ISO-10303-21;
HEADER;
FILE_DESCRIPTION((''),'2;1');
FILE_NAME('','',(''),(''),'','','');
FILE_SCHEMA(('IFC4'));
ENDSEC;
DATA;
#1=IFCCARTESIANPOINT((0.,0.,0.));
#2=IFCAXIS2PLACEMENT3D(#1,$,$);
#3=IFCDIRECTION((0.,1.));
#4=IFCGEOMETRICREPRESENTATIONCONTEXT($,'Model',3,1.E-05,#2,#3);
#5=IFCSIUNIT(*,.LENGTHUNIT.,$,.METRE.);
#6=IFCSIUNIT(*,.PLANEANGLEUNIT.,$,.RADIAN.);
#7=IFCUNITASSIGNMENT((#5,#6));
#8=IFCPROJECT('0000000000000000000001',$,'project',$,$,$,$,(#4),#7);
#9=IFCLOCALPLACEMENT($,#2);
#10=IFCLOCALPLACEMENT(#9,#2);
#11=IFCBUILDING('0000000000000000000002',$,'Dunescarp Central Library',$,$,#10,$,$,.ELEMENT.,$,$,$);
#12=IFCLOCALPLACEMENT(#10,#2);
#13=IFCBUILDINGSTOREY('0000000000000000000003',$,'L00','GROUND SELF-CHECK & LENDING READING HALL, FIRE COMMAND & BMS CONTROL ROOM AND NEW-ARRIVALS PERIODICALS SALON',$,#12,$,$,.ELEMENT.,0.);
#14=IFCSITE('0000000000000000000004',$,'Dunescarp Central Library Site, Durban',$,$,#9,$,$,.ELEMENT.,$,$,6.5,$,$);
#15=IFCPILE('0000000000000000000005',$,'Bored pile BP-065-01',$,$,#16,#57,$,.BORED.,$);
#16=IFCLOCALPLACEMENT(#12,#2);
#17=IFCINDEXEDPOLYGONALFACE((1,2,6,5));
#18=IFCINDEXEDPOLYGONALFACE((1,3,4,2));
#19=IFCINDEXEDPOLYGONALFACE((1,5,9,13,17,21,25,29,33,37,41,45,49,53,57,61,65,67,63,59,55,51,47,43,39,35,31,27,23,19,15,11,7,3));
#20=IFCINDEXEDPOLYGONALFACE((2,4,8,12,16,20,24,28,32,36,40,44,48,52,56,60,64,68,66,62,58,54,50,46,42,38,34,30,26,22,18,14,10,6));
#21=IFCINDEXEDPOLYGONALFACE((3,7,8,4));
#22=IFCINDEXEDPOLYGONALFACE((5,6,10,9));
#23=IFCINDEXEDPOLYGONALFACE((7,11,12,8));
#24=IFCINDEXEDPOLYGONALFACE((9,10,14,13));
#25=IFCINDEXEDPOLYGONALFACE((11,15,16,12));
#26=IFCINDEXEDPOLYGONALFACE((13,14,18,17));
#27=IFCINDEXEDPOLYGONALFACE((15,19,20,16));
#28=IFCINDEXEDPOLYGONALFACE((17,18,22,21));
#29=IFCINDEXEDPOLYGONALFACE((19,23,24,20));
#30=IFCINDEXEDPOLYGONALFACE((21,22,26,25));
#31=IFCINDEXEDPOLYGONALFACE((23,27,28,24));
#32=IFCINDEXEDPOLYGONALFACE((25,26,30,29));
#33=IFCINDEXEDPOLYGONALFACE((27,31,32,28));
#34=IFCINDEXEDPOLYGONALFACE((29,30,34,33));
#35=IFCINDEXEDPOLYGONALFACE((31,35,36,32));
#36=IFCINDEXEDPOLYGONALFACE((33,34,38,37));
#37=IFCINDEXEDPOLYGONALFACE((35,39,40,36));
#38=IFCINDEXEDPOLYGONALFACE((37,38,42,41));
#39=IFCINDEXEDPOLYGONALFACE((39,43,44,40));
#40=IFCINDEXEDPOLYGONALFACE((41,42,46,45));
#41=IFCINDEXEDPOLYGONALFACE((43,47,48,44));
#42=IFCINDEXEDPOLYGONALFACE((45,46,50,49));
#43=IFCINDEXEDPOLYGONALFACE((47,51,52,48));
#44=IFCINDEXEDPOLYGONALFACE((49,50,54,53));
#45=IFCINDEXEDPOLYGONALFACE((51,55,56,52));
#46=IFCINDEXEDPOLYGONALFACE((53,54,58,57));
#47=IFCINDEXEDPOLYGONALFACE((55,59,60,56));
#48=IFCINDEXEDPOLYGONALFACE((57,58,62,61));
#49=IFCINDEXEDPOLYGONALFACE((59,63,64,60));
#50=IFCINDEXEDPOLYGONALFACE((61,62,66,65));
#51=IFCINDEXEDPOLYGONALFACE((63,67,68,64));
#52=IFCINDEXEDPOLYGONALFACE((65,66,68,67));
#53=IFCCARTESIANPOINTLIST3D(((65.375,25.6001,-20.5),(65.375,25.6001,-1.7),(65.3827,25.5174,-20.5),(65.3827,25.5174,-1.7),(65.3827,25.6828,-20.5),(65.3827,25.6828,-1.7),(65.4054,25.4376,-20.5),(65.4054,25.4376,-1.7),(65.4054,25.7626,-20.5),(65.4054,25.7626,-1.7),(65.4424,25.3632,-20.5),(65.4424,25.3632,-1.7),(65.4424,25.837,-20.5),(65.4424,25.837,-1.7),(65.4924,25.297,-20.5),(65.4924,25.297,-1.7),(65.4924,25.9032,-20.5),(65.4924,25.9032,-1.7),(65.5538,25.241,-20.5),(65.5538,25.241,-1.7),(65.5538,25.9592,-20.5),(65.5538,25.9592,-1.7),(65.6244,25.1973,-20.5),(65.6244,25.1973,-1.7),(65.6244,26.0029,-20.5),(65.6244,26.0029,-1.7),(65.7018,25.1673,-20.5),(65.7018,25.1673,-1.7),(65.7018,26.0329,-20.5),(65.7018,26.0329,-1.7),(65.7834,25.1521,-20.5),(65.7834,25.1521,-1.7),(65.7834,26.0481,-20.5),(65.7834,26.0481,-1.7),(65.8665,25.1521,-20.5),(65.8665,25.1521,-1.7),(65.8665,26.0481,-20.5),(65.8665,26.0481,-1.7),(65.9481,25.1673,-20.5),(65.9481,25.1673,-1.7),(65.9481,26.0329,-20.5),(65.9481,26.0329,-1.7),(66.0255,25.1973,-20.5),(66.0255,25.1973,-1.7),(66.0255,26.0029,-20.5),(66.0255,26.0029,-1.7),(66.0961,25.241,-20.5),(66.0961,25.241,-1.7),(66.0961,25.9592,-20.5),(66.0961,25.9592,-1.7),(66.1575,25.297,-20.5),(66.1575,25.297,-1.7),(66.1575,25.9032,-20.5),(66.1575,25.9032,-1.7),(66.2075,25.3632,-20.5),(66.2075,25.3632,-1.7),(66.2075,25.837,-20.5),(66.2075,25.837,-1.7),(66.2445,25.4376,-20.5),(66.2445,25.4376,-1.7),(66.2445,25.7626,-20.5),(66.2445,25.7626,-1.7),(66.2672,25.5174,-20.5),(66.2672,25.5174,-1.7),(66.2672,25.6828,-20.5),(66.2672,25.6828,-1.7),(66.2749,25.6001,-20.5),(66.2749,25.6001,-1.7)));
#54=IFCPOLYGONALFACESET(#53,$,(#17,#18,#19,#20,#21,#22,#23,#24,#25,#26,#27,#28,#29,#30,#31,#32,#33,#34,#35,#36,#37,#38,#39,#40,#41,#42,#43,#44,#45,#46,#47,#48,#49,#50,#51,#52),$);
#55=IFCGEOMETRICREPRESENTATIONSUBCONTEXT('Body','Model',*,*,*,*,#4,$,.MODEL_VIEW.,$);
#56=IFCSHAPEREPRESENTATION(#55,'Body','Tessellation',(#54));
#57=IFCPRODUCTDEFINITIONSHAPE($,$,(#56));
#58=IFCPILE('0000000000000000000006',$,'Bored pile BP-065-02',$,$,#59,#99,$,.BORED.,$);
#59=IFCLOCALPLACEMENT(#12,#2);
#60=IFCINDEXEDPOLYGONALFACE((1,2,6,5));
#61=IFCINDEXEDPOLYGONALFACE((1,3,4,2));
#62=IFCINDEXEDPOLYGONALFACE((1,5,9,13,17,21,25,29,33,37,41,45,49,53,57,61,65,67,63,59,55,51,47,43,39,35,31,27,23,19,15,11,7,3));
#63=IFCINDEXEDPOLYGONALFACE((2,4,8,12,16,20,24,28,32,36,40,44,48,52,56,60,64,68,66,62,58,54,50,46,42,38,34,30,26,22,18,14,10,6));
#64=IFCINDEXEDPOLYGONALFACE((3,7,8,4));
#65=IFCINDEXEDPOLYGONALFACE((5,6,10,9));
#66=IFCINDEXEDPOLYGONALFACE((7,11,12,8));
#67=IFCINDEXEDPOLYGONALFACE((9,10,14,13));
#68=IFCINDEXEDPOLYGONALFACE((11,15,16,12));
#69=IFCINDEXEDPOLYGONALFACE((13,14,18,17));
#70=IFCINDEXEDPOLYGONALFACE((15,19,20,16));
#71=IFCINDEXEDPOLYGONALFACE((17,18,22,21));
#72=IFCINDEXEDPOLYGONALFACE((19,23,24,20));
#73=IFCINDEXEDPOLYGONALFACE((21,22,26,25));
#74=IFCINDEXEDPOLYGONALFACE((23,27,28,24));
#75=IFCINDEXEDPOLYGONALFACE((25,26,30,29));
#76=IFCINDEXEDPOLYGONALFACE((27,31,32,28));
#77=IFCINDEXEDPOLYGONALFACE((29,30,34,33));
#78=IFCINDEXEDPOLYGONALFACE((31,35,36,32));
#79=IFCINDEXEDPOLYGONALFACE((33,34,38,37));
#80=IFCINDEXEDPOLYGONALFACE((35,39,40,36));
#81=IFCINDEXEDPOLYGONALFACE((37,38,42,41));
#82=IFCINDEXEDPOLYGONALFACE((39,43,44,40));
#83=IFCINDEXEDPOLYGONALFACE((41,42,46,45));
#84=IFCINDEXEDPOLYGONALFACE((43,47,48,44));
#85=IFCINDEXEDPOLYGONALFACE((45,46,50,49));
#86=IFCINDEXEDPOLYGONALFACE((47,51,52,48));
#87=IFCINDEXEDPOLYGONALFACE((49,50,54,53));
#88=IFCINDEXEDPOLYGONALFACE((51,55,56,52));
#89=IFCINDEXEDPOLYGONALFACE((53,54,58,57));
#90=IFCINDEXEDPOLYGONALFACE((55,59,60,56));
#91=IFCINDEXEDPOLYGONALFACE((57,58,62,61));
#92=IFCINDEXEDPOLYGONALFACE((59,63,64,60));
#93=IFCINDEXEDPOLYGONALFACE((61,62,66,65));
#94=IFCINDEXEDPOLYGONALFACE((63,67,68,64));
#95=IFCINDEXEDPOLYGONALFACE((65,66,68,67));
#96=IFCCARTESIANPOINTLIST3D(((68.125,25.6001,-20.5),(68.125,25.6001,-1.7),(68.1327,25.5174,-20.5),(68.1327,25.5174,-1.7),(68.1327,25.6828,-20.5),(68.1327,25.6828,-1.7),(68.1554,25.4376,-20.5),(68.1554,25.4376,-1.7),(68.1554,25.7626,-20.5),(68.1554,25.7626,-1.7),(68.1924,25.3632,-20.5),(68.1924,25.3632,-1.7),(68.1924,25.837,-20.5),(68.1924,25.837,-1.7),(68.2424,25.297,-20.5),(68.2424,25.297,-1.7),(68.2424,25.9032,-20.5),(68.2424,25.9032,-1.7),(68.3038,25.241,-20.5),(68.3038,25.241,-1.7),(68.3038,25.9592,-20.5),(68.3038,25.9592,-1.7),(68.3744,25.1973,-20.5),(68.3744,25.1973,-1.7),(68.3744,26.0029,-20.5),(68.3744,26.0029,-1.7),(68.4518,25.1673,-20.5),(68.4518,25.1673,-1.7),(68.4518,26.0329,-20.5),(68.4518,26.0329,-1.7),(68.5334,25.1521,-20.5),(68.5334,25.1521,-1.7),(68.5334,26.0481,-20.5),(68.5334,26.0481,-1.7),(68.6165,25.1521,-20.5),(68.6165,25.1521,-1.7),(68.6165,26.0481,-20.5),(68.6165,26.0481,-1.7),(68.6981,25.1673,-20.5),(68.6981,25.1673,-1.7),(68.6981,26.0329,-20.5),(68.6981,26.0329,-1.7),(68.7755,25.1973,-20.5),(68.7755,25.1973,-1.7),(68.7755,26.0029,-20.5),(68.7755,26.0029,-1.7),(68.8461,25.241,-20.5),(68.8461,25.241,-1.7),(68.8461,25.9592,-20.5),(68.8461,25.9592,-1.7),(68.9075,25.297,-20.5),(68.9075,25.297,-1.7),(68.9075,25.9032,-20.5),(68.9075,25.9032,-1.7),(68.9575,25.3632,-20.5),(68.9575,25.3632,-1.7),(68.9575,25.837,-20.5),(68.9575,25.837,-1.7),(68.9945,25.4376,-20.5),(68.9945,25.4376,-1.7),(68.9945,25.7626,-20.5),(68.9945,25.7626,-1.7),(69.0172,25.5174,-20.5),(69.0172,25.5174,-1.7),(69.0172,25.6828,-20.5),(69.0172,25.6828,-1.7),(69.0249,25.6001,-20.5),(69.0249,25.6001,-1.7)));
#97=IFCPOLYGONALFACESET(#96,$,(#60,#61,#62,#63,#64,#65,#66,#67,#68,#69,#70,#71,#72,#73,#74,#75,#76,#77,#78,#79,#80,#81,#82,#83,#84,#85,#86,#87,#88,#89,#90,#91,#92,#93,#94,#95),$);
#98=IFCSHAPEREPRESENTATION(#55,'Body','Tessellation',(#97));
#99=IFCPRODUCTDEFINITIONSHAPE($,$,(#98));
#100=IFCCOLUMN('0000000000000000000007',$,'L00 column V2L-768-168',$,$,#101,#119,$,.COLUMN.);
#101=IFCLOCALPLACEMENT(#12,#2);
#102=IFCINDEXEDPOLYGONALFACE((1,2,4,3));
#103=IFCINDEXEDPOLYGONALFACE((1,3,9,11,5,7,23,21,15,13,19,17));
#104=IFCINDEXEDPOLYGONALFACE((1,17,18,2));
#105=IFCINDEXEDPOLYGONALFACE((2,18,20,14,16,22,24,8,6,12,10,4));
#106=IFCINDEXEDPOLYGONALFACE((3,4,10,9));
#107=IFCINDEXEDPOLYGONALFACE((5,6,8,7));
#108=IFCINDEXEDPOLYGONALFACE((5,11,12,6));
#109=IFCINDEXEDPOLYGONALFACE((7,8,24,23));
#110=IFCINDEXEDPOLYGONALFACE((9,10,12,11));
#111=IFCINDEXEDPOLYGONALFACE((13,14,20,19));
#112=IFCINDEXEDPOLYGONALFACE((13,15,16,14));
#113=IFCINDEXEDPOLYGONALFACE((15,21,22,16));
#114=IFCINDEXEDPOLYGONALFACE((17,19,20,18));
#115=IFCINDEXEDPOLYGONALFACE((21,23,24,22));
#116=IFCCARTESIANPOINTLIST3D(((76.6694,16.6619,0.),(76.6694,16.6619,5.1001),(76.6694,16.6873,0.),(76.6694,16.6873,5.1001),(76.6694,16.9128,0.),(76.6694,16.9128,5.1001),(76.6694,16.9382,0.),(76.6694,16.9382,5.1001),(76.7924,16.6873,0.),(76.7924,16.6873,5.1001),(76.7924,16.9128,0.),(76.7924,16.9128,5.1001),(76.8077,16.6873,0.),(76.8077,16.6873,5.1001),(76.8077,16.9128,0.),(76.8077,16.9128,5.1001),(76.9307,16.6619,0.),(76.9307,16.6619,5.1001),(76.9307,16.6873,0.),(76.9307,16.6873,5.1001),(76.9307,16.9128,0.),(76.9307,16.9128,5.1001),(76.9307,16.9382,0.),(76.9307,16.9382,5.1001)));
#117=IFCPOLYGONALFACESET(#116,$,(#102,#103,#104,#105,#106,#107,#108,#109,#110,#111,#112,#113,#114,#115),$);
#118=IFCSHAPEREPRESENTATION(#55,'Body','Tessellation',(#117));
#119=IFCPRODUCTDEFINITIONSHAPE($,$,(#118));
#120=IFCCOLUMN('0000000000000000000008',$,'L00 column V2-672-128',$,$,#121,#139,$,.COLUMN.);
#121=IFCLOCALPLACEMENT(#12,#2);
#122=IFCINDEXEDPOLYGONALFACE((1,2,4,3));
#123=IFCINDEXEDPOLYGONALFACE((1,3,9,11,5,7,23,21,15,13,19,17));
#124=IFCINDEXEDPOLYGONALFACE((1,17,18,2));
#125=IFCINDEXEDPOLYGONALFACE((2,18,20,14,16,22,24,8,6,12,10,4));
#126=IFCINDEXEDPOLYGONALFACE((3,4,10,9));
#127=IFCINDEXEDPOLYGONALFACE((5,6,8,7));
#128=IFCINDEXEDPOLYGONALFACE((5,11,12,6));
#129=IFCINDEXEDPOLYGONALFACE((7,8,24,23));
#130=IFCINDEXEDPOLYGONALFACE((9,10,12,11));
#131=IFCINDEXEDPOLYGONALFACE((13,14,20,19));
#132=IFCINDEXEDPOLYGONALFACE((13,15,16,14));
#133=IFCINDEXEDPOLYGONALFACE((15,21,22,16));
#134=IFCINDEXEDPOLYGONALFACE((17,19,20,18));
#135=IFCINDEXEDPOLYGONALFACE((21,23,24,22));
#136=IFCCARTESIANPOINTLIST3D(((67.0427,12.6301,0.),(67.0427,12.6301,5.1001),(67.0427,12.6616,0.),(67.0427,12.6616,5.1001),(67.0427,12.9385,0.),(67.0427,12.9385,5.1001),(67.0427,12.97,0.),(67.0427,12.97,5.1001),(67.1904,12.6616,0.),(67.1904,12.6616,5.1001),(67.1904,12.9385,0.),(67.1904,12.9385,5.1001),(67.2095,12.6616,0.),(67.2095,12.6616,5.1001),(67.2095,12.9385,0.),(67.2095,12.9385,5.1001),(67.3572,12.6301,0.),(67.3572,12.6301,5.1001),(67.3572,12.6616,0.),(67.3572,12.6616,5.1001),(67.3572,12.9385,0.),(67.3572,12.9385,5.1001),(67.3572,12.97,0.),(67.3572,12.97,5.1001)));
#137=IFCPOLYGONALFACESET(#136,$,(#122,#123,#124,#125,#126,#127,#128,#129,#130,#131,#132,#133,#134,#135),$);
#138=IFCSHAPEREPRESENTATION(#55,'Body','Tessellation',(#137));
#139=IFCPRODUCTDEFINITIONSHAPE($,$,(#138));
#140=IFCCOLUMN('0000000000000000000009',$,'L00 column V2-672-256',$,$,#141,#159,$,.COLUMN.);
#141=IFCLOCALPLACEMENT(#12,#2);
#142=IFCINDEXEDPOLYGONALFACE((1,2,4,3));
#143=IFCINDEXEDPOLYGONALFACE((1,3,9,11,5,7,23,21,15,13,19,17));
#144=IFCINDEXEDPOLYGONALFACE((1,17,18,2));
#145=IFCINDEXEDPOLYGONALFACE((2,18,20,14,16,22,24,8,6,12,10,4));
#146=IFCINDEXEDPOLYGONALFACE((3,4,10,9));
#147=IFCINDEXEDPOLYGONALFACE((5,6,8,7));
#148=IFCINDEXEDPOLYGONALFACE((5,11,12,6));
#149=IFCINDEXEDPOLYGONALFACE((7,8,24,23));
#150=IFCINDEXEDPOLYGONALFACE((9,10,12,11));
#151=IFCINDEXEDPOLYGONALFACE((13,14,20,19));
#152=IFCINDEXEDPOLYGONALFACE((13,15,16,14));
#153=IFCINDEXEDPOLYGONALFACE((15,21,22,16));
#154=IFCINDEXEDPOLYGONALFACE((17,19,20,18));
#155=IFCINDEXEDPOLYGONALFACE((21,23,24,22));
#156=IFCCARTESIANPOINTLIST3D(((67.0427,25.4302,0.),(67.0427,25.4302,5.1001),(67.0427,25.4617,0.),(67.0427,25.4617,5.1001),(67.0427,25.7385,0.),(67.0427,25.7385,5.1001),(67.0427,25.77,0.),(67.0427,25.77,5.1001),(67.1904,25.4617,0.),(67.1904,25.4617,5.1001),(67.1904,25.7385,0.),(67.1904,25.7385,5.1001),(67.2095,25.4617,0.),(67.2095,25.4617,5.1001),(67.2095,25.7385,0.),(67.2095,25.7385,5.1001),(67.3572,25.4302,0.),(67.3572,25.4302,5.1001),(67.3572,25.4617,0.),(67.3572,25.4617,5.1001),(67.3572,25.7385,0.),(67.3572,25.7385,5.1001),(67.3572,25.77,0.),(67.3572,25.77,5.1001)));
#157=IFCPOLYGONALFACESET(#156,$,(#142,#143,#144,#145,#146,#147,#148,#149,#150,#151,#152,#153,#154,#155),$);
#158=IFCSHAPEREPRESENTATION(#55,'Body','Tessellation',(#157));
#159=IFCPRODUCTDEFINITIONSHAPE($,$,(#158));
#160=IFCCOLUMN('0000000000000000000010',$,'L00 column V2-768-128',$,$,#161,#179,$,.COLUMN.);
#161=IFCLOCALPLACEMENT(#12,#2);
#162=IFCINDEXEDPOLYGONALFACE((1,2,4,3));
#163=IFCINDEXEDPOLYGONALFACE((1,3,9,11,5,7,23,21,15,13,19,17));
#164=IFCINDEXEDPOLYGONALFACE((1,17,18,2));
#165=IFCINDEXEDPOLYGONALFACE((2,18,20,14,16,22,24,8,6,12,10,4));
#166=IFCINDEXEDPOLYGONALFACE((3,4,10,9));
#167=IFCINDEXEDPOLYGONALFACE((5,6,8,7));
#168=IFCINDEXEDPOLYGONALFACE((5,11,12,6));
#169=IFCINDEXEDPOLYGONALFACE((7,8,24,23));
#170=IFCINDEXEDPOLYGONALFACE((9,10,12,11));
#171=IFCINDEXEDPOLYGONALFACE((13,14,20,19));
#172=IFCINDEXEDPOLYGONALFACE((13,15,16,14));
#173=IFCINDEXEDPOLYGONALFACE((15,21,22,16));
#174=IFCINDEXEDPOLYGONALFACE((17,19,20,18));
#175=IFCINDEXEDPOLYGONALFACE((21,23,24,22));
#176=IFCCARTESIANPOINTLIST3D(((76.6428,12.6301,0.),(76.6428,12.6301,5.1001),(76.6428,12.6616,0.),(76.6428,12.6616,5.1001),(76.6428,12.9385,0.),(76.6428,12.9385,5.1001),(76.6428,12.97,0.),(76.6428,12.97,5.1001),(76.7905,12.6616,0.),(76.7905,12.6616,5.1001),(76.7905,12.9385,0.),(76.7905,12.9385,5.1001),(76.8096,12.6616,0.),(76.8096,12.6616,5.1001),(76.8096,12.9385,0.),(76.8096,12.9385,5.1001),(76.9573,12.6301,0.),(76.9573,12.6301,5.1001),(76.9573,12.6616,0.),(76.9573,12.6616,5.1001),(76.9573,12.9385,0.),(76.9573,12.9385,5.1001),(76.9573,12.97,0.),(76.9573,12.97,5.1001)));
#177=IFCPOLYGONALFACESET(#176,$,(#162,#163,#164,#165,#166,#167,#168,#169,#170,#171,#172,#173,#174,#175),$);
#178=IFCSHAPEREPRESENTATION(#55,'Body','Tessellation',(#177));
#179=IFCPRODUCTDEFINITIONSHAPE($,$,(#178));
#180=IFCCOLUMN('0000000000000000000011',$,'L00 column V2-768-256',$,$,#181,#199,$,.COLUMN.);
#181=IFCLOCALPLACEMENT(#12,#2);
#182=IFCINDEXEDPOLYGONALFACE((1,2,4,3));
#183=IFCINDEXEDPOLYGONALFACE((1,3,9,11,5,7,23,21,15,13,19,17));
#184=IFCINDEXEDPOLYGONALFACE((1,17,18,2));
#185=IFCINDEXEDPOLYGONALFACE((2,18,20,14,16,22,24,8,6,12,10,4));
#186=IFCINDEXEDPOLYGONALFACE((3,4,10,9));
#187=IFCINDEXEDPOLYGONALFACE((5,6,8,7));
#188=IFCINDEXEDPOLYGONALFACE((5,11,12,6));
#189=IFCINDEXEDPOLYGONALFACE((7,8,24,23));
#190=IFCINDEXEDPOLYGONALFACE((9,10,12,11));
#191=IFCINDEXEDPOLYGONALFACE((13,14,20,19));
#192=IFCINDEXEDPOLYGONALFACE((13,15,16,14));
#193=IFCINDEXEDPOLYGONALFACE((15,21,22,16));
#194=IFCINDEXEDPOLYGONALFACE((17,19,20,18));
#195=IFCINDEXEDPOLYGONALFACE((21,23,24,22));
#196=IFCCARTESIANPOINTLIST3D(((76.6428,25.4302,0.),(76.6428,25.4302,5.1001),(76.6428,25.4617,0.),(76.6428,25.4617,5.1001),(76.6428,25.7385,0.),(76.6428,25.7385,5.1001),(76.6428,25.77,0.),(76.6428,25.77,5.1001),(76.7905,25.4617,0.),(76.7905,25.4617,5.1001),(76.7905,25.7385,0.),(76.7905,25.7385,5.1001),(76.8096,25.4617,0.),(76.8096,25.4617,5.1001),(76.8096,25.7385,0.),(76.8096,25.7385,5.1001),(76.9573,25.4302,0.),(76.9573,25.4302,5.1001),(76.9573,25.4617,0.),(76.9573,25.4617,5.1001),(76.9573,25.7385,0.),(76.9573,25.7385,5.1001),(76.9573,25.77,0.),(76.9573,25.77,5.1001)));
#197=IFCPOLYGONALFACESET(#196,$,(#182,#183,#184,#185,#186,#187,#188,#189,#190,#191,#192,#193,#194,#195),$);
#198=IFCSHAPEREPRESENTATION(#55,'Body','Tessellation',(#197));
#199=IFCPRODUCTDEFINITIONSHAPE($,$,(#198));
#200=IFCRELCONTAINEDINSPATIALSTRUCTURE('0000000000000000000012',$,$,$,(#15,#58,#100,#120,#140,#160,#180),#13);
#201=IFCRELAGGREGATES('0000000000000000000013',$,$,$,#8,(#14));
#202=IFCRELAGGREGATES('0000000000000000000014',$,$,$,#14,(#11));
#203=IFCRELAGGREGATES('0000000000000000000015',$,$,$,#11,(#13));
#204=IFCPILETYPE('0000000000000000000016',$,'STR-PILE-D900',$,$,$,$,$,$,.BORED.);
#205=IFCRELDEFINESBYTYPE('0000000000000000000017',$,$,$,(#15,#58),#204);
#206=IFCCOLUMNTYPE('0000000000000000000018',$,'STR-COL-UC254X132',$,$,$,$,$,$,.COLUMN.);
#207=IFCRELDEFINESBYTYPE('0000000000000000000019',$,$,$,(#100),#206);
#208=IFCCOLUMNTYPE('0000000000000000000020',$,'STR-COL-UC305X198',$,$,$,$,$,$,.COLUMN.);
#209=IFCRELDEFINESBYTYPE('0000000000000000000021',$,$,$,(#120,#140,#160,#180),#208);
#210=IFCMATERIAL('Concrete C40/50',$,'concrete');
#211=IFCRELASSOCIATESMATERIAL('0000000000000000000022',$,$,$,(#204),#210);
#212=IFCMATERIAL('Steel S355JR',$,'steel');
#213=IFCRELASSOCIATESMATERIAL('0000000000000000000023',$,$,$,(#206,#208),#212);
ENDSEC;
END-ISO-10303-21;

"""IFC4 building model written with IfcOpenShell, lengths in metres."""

from ifc_helpers import new_model, si_unit, direction, frame, origin, origin_2d, place, context, subcontext, project, spatial, circle, i_section, extrude, material, material_profile, profile_set, type_object, element, save


model = new_model("IFC4")

# Units and contexts
model_context = context("Model", 3, precision=1e-05, world=origin(), true_north=direction((0.0, 1.0)))
body_context = subcontext(model_context, "Body", "Model", "MODEL_VIEW")
ifc_project = project(units=[si_unit("LENGTHUNIT", "METRE"), si_unit("PLANEANGLEUNIT", "RADIAN")], contexts=[model_context])

# Site, building, storey
site_placement = place(None, origin())
site = spatial("IfcSite", under=ifc_project, at=site_placement, Name="Dunescarp Central Library Site, Durban", CompositionType="ELEMENT", RefElevation=6.5)
building_placement = place(site_placement, origin())
building = spatial("IfcBuilding", under=site, at=building_placement, Name="Dunescarp Central Library", CompositionType="ELEMENT")
storey_placement = place(building_placement, origin())
storey = spatial("IfcBuildingStorey", under=building, at=storey_placement, Name="L00", Description="GROUND SELF-CHECK & LENDING READING HALL, FIRE COMMAND & BMS CONTROL ROOM AND NEW-ARRIVALS PERIODICALS SALON", CompositionType="ELEMENT", Elevation=0.0)

# Shared definitions
ifc_material_1 = material(Name="Concrete C40/50", Category="concrete")

# Piles
ifc_material_profile_1 = material_profile(ifc_material_1, circle(Radius=0.45, at=origin_2d()), Name="PILE D900")
ifc_profile_set_1 = profile_set([ifc_material_profile_1], Name="Concrete C40/50")
pile_type_1 = type_object("IfcPileType", Name="STR-PILE-D900", PredefinedType="BORED", material=ifc_profile_set_1)
for number, where, z_axis, x_axis, name in (
    (1, (65.825, 25.6001, -1.7), (0.0, 0.0, -1.0), (1.0, 0.0, 0.0), "Bored pile BP-065-01"),
    (2, (68.575, 25.6001, -1.7), (0.0, 0.0, -1.0), (1.0, 0.0, 0.0), "Bored pile BP-065-02"),
):
    element("IfcPile", number, at=place(storey_placement, frame(where, z_axis=z_axis, x_axis=x_axis)), inside=storey, type_object=pile_type_1, Name=name, PredefinedType="BORED", context=body_context, shape_type="SweptSolid", body=[
        extrude(circle(Radius=0.45, at=origin_2d()), origin(), (0.0, 0.0, 1.0), 18.8),
    ])

# Columns
ifc_material_2 = material(Name="Steel S355JR", Category="steel")
ifc_material_profile_2 = material_profile(ifc_material_2, i_section(OverallWidth=0.2612, OverallDepth=0.2764, WebThickness=0.0154, FlangeThickness=0.0254, at=origin_2d()), Name="UC 254x254x132")
ifc_profile_set_2 = profile_set([ifc_material_profile_2], Name="Steel S355JR")
column_type_1 = type_object("IfcColumnType", Name="STR-COL-UC254X132", PredefinedType="COLUMN", material=ifc_profile_set_2)
column_placement = place(storey_placement, frame((76.8, 16.8, 0.0), z_axis=(0.0, 0.0, 1.0), x_axis=(1.0, 0.0, 0.0)))
element("IfcColumn", 3, at=column_placement, inside=storey, type_object=column_type_1, Name="L00 column V2L-768-168", PredefinedType="COLUMN", context=body_context, shape_type="SweptSolid", body=[
    extrude(i_section(OverallWidth=0.2612, OverallDepth=0.2764, WebThickness=0.0154, FlangeThickness=0.0254, at=origin_2d()), origin(), (0.0, 0.0, 1.0), 5.1001),
])
ifc_material_profile_3 = material_profile(ifc_material_2, i_section(OverallWidth=0.3145, OverallDepth=0.3398, WebThickness=0.019, FlangeThickness=0.0315, at=origin_2d()), Name="UC 305x305x198")
ifc_profile_set_3 = profile_set([ifc_material_profile_3], Name="Steel S355JR")
column_type_2 = type_object("IfcColumnType", Name="STR-COL-UC305X198", PredefinedType="COLUMN", material=ifc_profile_set_3)
for number, where, z_axis, x_axis, name in (
    (4, (67.2, 12.8, 0.0), (0.0, 0.0, 1.0), (1.0, 0.0, 0.0), "L00 column V2-672-128"),
    (5, (67.2, 25.6001, 0.0), (0.0, 0.0, 1.0), (1.0, 0.0, 0.0), "L00 column V2-672-256"),
    (6, (76.8, 12.8, 0.0), (0.0, 0.0, 1.0), (1.0, 0.0, 0.0), "L00 column V2-768-128"),
    (7, (76.8, 25.6001, 0.0), (0.0, 0.0, 1.0), (1.0, 0.0, 0.0), "L00 column V2-768-256"),
):
    element("IfcColumn", number, at=place(storey_placement, frame(where, z_axis=z_axis, x_axis=x_axis)), inside=storey, type_object=column_type_2, Name=name, PredefinedType="COLUMN", context=body_context, shape_type="SweptSolid", body=[
        extrude(i_section(OverallWidth=0.3145, OverallDepth=0.3398, WebThickness=0.019, FlangeThickness=0.0315, at=origin_2d()), origin(), (0.0, 0.0, 1.0), 5.1001),
    ])

save(model, "model.ifc")
